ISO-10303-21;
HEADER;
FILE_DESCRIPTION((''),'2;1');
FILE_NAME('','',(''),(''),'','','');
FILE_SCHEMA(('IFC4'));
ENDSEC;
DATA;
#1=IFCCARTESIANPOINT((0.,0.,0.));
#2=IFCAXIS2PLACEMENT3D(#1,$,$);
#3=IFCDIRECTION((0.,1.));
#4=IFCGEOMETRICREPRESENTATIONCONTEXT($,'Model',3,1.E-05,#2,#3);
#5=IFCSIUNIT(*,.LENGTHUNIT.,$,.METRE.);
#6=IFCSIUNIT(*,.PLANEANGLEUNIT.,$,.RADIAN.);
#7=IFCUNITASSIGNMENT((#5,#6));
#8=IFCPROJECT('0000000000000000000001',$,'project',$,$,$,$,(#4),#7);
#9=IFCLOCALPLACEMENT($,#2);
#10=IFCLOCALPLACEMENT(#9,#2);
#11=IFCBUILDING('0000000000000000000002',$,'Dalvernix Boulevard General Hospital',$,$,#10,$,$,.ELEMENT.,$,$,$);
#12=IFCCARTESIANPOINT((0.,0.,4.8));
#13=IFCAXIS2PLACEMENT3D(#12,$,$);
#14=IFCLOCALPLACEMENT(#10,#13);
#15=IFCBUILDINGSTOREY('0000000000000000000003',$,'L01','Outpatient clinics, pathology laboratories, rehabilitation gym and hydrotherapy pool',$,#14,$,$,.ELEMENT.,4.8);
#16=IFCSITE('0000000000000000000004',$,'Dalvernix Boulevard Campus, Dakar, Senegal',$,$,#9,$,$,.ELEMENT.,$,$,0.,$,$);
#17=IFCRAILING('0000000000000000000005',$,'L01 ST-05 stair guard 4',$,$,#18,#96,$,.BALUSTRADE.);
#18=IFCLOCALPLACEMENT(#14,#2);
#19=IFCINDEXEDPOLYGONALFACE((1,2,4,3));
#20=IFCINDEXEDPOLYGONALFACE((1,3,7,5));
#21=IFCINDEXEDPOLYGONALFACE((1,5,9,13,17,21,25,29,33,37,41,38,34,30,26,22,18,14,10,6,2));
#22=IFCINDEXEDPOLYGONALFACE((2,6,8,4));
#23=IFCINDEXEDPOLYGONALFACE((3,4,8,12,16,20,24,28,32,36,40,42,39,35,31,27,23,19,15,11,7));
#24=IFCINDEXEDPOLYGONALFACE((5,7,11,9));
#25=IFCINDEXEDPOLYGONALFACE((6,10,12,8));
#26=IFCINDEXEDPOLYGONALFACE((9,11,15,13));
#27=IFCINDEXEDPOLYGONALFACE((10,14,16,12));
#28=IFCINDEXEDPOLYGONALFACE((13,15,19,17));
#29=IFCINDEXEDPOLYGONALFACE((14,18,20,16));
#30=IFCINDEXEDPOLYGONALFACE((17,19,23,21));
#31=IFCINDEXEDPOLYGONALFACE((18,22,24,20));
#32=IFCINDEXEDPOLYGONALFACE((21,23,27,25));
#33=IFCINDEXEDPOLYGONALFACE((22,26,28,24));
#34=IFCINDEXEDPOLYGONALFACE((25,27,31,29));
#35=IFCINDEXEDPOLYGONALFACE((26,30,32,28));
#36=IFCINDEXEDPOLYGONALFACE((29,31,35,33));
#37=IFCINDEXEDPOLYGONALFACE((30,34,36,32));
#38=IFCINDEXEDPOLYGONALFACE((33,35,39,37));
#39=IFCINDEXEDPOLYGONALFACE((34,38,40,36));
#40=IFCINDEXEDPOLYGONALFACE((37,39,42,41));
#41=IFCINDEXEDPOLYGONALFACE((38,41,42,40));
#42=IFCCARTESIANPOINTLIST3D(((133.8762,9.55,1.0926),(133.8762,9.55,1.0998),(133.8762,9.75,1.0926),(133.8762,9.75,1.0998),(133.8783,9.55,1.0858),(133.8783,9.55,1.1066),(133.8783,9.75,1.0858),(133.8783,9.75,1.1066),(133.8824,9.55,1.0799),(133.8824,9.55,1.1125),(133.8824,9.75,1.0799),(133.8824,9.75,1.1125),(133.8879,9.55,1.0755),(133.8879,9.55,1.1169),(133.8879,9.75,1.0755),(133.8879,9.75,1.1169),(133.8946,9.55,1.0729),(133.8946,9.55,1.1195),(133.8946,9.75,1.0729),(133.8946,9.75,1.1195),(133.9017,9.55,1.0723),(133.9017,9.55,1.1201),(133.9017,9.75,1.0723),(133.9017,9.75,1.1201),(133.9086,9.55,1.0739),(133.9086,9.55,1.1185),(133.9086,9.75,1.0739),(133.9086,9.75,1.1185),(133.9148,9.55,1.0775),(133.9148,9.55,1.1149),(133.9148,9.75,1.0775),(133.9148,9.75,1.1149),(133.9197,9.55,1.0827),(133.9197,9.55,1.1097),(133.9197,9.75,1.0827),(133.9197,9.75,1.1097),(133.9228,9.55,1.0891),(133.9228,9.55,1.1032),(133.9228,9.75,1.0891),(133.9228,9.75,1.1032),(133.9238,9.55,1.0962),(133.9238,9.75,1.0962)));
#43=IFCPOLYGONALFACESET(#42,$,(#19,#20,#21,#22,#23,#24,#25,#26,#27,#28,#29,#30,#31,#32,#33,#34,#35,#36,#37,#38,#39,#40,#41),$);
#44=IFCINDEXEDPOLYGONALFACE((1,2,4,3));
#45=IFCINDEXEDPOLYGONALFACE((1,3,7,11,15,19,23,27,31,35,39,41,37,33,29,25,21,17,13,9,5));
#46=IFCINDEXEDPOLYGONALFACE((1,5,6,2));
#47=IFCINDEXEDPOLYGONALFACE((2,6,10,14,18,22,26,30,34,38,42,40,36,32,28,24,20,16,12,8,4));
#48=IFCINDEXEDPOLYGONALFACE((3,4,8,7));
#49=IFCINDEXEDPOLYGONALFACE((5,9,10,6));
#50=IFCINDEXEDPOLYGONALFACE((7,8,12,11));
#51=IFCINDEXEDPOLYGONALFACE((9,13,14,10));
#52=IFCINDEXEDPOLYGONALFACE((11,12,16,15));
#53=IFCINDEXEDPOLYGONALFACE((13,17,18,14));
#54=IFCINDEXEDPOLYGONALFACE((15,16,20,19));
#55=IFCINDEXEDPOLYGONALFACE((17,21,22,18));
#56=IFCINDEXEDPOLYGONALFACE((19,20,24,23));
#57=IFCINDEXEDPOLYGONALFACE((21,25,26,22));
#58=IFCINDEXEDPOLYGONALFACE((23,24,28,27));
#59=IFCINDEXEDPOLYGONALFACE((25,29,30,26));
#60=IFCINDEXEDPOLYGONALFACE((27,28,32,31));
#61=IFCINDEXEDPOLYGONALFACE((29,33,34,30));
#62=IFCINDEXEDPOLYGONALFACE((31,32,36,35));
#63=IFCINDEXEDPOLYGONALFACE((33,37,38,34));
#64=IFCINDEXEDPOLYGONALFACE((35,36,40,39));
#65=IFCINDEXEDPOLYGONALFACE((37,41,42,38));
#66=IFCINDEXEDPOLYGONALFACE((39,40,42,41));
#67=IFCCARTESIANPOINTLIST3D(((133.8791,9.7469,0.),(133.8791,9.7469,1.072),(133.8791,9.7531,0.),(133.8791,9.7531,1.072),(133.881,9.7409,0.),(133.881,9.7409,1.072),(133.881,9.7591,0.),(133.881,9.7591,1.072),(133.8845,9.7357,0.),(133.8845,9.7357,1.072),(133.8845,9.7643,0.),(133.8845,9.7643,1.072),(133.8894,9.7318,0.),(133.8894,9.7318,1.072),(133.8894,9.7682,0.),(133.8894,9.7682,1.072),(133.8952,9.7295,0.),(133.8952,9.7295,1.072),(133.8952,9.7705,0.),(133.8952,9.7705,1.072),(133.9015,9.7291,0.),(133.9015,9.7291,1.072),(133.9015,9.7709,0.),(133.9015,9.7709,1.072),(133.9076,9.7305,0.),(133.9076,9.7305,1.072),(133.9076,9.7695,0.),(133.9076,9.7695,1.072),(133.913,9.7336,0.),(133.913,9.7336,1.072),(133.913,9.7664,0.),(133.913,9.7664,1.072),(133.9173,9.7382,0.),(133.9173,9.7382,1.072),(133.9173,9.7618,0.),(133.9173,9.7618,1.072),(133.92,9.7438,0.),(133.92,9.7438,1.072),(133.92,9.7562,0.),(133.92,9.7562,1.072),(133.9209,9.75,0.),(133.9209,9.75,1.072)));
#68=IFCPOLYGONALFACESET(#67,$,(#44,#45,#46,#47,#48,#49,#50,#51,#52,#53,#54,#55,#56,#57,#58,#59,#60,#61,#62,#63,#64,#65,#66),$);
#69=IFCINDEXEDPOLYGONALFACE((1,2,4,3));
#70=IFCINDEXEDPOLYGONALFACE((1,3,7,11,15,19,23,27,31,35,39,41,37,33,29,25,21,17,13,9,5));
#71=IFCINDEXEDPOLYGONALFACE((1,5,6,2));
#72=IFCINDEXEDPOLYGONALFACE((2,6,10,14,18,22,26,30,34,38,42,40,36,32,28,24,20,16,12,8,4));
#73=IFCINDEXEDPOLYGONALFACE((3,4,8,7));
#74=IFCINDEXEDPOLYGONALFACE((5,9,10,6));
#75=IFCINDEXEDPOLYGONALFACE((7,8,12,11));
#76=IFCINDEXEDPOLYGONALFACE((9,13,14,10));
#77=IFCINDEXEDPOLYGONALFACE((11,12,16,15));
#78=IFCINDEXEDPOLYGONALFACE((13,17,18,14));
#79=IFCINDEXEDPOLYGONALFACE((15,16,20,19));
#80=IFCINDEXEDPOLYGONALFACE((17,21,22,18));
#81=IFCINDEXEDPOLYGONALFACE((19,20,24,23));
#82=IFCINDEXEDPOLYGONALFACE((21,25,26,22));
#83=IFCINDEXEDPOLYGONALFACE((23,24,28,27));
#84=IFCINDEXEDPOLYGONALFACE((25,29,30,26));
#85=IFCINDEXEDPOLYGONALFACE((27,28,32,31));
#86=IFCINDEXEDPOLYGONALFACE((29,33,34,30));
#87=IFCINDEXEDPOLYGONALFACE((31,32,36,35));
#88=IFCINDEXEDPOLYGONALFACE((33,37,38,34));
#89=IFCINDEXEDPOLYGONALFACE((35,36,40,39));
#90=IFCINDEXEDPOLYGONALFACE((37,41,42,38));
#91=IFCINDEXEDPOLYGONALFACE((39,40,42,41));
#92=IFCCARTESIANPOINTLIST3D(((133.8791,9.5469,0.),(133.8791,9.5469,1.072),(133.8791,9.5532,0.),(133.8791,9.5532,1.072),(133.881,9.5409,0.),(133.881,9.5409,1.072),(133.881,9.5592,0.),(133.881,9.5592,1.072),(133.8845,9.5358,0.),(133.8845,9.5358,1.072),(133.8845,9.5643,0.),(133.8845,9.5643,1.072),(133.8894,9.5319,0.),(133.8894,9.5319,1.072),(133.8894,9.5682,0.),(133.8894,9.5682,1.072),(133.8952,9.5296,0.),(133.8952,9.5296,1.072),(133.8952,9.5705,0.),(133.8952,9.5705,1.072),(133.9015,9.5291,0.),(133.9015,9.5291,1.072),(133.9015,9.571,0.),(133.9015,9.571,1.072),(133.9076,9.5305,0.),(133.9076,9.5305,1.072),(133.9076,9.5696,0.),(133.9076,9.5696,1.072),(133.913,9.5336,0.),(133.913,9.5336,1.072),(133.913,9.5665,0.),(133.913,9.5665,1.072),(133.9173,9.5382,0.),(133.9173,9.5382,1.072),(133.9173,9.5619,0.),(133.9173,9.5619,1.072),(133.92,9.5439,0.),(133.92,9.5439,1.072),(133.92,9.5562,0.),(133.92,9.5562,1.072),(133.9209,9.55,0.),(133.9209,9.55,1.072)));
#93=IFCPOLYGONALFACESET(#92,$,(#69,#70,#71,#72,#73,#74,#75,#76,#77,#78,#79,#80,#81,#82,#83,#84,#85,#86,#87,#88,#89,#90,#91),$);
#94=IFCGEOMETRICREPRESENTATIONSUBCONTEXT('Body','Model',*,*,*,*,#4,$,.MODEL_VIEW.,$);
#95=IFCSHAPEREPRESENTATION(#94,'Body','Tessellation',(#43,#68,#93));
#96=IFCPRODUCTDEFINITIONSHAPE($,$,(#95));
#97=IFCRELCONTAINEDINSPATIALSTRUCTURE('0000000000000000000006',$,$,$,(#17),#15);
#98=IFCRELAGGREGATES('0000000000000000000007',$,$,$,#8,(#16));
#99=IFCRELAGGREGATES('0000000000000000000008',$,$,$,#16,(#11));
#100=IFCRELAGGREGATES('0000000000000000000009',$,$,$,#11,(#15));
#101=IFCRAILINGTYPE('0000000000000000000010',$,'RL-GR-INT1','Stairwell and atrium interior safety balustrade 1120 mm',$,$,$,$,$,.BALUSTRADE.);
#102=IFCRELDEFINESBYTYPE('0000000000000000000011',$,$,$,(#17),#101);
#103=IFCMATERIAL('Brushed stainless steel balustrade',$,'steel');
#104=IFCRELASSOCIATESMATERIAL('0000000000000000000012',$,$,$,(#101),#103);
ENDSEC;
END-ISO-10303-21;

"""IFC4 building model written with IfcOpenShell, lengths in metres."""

from ifc_helpers import new_model, si_unit, direction, frame, origin, origin_2d, place, context, subcontext, project, spatial, circle, extrude, material, type_object, element, save


model = new_model("IFC4")

# Units and contexts
model_context = context("Model", 3, precision=1e-05, world=origin(), true_north=direction((0.0, 1.0)))
body_context = subcontext(model_context, "Body", "Model", "MODEL_VIEW")
ifc_project = project(units=[si_unit("LENGTHUNIT", "METRE"), si_unit("PLANEANGLEUNIT", "RADIAN")], contexts=[model_context])

# Site, building, storey
site_placement = place(None, origin())
site = spatial("IfcSite", under=ifc_project, at=site_placement, Name="Dalvernix Boulevard Campus, Dakar, Senegal", CompositionType="ELEMENT", RefElevation=0.0)
building_placement = place(site_placement, origin())
building = spatial("IfcBuilding", under=site, at=building_placement, Name="Dalvernix Boulevard General Hospital", CompositionType="ELEMENT")
storey_placement = place(building_placement, frame((0.0, 0.0, 4.8)))
storey = spatial("IfcBuildingStorey", under=building, at=storey_placement, Name="L01", Description="Outpatient clinics, pathology laboratories, rehabilitation gym and hydrotherapy pool", CompositionType="ELEMENT", Elevation=4.8)

# Railing
ifc_material_1 = material(Name="Brushed stainless steel balustrade", Category="steel")
railing_type_1 = type_object("IfcRailingType", Name="RL-GR-INT1", Description="Stairwell and atrium interior safety balustrade 1120 mm", PredefinedType="BALUSTRADE", material=ifc_material_1)
railing_1_placement = place(storey_placement, frame((133.8999, 9.75, 0.0)))
element("IfcRailing", 1, at=railing_1_placement, inside=storey, type_object=railing_type_1, Name="L01 ST-05 stair guard 4", PredefinedType="BALUSTRADE", context=body_context, shape_type="SweptSolid", body=[
    extrude(circle(Radius=0.0239, at=origin_2d()), frame((0.0, 0.0, 1.0962), z_axis=(0.0, -1.0, 0.0), x_axis=(1.0, 0.0, 0.0)), (0.0, 0.0, 1.0), 0.2),
    extrude(circle(Radius=0.021, at=origin_2d()), origin(), (0.0, 0.0, 1.0), 1.072),
    extrude(circle(Radius=0.021, at=origin_2d()), frame((0.0, -0.2, 0.0)), (0.0, 0.0, 1.0), 1.072),
])

save(model, "model.ifc")
